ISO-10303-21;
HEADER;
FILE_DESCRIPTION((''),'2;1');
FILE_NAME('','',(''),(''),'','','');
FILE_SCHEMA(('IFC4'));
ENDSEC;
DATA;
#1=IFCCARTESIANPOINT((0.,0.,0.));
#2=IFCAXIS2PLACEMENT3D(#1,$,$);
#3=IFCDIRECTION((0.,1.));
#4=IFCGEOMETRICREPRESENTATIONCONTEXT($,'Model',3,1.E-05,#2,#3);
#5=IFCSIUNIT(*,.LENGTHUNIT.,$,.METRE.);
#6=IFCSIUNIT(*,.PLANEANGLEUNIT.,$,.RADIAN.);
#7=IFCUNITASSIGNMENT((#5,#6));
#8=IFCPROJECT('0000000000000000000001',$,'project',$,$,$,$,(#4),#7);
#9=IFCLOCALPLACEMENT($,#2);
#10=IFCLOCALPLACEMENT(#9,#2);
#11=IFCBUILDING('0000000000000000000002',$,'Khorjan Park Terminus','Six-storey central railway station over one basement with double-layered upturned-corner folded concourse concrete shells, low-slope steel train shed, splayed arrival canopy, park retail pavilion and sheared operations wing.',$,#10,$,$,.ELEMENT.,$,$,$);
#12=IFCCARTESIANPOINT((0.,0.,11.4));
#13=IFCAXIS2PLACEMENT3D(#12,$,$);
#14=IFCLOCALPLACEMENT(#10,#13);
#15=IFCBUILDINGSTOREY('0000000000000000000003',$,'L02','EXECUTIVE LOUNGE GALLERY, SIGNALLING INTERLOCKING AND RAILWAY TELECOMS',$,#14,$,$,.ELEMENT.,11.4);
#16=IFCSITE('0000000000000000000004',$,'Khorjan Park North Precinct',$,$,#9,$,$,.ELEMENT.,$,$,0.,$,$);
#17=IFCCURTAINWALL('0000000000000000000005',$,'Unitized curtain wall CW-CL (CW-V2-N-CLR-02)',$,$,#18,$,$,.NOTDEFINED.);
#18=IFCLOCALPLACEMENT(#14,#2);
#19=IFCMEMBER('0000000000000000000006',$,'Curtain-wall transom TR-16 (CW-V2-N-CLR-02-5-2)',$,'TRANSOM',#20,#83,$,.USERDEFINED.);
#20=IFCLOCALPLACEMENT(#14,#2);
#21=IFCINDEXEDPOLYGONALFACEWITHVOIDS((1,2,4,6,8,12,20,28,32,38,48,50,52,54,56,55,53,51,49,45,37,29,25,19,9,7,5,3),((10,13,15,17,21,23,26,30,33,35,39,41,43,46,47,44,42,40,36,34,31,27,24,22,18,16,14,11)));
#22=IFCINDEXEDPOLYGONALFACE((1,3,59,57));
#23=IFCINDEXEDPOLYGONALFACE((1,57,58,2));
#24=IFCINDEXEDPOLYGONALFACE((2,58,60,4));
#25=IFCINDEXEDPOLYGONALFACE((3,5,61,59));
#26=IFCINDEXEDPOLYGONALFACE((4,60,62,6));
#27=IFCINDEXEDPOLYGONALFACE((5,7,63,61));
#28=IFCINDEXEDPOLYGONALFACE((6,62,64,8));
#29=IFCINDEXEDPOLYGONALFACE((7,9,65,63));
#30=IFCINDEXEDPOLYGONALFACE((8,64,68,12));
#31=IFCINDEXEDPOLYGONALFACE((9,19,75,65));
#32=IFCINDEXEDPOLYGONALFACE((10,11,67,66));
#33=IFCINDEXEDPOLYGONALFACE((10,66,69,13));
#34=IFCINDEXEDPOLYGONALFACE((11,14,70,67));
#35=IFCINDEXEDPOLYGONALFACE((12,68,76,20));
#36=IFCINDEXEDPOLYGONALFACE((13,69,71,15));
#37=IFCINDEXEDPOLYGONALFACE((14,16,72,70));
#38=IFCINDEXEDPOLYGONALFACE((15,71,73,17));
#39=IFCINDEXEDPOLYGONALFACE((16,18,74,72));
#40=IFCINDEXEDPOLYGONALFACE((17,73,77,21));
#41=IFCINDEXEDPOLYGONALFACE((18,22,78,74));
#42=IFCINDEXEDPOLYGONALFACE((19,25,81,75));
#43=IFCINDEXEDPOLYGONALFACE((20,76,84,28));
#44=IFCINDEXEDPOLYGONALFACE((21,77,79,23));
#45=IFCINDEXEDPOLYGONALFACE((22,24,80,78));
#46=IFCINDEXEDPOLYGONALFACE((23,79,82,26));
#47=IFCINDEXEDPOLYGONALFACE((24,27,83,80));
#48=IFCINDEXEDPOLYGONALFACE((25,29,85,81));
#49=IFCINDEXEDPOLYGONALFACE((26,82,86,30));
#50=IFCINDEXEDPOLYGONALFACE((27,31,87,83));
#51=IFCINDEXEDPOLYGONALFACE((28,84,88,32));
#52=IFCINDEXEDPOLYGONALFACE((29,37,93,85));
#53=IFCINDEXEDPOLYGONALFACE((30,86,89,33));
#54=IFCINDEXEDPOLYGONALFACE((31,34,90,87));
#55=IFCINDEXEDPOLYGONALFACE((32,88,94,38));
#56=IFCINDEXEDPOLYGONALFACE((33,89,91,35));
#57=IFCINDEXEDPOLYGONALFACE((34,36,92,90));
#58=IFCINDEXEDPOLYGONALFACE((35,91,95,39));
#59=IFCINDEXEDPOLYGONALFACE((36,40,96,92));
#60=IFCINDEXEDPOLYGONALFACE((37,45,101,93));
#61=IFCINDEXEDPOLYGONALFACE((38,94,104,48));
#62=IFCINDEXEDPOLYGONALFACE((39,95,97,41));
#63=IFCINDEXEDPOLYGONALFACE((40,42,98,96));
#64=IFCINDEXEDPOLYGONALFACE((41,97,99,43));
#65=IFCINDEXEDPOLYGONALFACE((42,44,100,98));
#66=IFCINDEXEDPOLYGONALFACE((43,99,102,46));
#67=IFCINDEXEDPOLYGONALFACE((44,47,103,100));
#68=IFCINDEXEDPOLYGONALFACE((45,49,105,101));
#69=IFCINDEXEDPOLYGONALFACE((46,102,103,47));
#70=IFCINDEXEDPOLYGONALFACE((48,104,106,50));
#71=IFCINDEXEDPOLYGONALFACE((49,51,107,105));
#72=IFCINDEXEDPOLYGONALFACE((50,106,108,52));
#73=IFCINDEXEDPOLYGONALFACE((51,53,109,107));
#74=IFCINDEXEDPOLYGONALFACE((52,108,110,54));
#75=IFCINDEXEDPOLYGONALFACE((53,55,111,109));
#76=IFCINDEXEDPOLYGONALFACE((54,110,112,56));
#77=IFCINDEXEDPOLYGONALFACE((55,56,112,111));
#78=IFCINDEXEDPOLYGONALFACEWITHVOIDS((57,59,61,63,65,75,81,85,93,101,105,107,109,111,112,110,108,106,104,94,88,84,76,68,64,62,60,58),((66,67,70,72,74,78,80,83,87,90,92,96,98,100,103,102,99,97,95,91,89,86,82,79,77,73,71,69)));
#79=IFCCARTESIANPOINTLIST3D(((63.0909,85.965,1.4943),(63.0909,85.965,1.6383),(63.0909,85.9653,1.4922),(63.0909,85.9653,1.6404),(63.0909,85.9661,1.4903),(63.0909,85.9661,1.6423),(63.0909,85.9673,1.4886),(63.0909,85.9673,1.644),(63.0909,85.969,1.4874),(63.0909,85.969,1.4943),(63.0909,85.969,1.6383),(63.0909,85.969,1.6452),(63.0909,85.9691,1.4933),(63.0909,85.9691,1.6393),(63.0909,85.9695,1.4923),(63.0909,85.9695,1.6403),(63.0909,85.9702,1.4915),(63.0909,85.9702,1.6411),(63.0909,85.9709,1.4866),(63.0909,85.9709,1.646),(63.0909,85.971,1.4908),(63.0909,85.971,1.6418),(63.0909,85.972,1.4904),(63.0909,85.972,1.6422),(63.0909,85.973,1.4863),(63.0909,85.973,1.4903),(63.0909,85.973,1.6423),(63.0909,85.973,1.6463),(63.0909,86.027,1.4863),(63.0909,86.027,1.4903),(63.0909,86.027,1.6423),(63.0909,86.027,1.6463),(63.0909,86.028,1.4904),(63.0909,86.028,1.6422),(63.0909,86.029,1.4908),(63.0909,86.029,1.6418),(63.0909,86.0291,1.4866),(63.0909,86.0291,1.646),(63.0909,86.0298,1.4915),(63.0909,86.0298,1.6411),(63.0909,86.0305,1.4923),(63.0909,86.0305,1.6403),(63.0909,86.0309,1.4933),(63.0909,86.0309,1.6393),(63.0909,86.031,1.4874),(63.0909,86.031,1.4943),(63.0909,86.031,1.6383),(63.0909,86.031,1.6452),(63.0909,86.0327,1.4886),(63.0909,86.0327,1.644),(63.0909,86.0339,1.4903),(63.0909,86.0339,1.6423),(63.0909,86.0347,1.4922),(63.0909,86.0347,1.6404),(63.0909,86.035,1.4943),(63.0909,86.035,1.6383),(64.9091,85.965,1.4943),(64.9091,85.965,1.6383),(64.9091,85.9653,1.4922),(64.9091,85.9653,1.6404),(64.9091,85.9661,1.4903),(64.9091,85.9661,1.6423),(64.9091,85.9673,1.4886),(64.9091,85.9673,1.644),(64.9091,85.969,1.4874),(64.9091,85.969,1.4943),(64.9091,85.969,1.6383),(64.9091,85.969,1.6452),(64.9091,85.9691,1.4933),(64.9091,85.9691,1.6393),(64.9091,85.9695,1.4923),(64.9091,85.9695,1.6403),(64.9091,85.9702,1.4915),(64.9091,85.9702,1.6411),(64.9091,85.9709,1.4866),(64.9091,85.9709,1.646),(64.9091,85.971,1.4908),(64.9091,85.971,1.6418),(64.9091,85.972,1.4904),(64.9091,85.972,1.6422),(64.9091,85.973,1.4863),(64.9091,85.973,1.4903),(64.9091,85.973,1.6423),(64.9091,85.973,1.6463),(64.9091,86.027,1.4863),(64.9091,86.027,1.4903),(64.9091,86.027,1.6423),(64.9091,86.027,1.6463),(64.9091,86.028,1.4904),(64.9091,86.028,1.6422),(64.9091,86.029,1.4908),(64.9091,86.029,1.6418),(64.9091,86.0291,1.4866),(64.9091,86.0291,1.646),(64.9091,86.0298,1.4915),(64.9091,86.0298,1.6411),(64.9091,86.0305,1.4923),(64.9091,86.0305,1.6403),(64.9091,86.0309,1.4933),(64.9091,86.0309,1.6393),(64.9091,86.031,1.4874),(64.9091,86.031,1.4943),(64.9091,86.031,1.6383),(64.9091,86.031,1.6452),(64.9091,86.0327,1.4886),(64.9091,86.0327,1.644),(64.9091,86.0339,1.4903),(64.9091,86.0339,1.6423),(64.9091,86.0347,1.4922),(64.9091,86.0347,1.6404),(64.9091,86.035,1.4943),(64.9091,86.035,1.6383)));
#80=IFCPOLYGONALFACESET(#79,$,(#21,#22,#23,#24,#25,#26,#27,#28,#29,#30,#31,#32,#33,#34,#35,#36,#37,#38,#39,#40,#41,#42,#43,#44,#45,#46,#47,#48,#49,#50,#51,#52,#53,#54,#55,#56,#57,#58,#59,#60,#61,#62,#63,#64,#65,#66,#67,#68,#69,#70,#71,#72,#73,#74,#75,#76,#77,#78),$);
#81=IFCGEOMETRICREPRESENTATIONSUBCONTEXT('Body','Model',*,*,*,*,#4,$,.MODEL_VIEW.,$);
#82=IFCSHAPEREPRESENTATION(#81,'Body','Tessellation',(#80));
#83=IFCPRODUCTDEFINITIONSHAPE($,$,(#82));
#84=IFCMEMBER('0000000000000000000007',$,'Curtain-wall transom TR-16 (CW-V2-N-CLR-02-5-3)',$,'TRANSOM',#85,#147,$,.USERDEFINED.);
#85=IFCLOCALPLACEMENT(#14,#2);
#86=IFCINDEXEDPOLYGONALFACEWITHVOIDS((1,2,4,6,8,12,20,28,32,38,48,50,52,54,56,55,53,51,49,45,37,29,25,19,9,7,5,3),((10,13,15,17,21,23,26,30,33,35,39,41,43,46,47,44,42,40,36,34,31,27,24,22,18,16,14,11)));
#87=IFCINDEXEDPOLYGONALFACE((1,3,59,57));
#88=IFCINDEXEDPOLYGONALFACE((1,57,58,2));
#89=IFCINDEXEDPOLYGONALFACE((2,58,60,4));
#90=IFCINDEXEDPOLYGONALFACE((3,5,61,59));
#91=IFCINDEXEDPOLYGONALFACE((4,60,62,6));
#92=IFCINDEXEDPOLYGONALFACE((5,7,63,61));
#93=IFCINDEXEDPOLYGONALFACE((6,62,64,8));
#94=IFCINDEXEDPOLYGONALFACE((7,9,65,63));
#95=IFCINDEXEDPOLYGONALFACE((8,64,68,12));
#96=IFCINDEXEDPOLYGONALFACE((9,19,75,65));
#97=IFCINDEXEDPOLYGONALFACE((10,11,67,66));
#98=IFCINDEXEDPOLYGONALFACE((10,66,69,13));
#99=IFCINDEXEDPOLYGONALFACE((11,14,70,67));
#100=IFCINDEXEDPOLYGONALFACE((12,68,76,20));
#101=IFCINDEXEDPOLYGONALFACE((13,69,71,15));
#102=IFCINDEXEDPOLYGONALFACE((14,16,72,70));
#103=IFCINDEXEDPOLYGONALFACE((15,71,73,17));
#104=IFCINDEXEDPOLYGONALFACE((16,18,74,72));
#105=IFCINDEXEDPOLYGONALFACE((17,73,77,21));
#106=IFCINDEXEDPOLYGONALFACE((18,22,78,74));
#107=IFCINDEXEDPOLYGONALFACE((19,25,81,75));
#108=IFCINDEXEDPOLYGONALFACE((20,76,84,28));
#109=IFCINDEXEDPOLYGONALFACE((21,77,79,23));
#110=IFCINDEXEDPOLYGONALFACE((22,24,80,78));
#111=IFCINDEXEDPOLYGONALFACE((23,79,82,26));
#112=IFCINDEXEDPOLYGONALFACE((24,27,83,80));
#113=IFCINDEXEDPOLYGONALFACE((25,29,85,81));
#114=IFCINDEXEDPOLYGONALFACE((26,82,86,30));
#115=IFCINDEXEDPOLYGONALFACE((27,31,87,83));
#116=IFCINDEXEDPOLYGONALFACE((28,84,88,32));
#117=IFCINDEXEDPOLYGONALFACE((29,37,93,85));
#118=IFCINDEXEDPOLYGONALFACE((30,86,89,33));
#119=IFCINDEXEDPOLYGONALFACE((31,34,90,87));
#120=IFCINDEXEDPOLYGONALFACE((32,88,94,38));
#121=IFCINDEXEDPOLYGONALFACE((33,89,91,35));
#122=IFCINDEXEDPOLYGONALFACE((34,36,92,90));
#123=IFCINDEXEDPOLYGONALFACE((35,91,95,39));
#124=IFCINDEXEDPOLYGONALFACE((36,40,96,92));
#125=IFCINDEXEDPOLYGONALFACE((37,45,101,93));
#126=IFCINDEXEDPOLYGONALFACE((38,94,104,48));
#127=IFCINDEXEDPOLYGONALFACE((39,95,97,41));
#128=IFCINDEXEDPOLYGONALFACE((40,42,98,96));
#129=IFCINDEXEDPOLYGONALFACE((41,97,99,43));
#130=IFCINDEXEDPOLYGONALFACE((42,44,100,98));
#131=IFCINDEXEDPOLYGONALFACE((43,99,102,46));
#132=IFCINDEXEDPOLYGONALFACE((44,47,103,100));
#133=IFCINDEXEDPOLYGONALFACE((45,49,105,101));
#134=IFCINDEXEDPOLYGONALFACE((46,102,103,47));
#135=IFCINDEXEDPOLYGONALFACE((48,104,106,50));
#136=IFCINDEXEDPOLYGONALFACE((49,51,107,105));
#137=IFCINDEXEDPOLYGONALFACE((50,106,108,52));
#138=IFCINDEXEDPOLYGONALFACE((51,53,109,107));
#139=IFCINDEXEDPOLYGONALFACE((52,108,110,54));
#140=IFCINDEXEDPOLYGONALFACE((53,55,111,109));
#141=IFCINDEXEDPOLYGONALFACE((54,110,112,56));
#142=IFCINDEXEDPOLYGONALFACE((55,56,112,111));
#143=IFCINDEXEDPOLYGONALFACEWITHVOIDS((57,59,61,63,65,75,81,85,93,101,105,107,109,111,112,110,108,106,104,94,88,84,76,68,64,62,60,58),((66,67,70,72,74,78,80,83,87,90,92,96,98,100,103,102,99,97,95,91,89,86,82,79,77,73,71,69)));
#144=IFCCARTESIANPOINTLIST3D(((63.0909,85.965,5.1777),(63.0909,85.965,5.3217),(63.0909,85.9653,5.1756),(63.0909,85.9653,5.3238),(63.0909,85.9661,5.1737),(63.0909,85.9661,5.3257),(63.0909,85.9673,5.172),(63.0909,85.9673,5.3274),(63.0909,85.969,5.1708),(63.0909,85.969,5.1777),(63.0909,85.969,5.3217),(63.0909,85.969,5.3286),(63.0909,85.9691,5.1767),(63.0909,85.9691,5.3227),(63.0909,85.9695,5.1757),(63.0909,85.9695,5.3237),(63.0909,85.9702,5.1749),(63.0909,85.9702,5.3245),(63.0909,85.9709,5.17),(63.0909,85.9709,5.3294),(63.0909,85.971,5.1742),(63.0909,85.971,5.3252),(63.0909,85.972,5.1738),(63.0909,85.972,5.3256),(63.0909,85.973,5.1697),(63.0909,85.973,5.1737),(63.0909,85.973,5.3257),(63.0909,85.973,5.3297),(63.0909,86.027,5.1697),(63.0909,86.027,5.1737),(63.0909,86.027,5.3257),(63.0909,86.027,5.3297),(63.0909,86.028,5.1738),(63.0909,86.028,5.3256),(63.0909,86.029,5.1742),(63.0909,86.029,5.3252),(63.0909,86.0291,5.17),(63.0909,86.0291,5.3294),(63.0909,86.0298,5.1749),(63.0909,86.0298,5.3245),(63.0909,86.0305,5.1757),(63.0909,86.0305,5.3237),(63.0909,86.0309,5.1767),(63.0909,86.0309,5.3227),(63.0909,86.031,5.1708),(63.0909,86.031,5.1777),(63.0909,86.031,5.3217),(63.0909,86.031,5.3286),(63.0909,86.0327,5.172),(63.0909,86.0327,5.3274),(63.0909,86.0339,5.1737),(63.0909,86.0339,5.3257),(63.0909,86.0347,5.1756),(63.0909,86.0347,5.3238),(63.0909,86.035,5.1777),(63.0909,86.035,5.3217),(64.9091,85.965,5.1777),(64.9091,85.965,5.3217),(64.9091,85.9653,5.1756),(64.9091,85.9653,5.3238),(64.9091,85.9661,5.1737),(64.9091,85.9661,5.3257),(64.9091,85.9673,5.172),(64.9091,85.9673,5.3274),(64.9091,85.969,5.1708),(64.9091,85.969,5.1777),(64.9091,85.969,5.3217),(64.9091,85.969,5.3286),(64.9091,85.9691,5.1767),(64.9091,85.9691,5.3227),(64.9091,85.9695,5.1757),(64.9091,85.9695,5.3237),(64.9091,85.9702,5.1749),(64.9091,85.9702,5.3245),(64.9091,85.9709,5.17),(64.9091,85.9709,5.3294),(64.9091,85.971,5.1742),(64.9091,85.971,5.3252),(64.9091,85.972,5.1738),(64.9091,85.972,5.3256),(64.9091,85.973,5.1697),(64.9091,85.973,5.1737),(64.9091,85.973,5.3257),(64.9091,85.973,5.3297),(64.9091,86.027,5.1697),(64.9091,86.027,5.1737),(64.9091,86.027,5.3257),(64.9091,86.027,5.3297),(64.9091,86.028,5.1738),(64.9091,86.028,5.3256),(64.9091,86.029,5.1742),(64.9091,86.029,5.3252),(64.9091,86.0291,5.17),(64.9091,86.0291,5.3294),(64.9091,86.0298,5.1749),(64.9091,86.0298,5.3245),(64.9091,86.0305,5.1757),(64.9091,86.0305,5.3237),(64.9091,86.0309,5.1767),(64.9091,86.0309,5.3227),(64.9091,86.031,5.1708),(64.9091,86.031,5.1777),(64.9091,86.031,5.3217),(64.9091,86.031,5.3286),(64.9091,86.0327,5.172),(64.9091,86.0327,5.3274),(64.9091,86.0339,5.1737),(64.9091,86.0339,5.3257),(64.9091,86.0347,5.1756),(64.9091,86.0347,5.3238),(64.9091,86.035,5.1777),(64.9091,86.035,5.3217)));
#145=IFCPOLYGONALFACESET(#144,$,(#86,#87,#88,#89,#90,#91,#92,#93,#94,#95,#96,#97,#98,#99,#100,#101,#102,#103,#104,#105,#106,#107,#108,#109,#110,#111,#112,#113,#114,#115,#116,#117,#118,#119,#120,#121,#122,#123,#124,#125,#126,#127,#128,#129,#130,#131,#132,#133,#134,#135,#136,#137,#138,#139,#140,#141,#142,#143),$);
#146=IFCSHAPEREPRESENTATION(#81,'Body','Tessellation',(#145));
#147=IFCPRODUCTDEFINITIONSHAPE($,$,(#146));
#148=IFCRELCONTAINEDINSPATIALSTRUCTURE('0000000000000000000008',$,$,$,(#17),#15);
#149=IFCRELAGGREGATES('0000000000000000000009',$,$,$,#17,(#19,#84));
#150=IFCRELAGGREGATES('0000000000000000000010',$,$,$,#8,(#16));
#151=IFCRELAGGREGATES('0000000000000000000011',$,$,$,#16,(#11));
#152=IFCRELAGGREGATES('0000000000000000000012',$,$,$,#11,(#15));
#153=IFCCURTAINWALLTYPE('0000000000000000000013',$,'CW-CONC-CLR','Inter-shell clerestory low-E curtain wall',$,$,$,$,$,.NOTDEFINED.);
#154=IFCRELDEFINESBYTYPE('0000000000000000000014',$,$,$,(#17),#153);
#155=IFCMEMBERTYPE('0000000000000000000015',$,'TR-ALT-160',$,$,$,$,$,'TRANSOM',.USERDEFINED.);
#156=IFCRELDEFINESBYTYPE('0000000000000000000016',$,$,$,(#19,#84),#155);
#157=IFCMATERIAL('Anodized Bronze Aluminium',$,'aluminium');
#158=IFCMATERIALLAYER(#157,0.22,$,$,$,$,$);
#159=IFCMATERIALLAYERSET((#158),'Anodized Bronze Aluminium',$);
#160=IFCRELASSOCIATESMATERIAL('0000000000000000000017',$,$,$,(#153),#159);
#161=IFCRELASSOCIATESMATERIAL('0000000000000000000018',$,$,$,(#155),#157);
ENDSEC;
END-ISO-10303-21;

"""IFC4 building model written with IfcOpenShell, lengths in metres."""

from ifc_helpers import new_model, si_unit, direction, frame, origin, origin_2d, place, context, subcontext, project, spatial, hollow_rectangle, extrude, material, layer, layer_set, material_profile, profile_set, type_object, element, aggregate, save


model = new_model("IFC4")

# Units and contexts
model_context = context("Model", 3, precision=1e-05, world=origin(), true_north=direction((0.0, 1.0)))
body_context = subcontext(model_context, "Body", "Model", "MODEL_VIEW")
ifc_project = project(units=[si_unit("LENGTHUNIT", "METRE"), si_unit("PLANEANGLEUNIT", "RADIAN")], contexts=[model_context])

# Site, building, storey
site_placement = place(None, origin())
site = spatial("IfcSite", under=ifc_project, at=site_placement, Name="Khorjan Park North Precinct", CompositionType="ELEMENT", RefElevation=0.0)
building_placement = place(site_placement, origin())
building = spatial("IfcBuilding", under=site, at=building_placement, Name="Khorjan Park Terminus", Description="Six-storey central railway station over one basement with double-layered upturned-corner folded concourse concrete shells, low-slope steel train shed, splayed arrival canopy, park retail pavilion and sheared operations wing.", CompositionType="ELEMENT")
storey_placement = place(building_placement, frame((0.0, 0.0, 11.4)))
storey = spatial("IfcBuildingStorey", under=building, at=storey_placement, Name="L02", Description="EXECUTIVE LOUNGE GALLERY, SIGNALLING INTERLOCKING AND RAILWAY TELECOMS", CompositionType="ELEMENT", Elevation=11.4)

# Curtain wall, members
ifc_material_1 = material(Name="Anodized Bronze Aluminium", Category="aluminium")
ifc_layer_1 = layer(ifc_material_1, 0.22)
ifc_layer_set_1 = layer_set([ifc_layer_1], Name="Anodized Bronze Aluminium")
curtain_wall_type = type_object("IfcCurtainWallType", Name="CW-CONC-CLR", Description="Inter-shell clerestory low-E curtain wall", PredefinedType="NOTDEFINED", material=ifc_layer_set_1)
curtain_wall_placement = place(storey_placement, origin())
curtain_wall = element("IfcCurtainWall", 1, at=curtain_wall_placement, inside=storey, type_object=curtain_wall_type, Name="Unitized curtain wall CW-CL (CW-V2-N-CLR-02)", PredefinedType="NOTDEFINED")
ifc_material_profile_1 = material_profile(ifc_material_1, hollow_rectangle(XDim=0.07, YDim=0.16, WallThickness=0.004, InnerFilletRadius=0.004, OuterFilletRadius=0.008, at=origin_2d()), Name="ALT 70x160x4")
ifc_profile_set_1 = profile_set([ifc_material_profile_1], Name="Anodized Bronze Aluminium")
member_type_1 = type_object("IfcMemberType", Name="TR-ALT-160", ElementType="TRANSOM", PredefinedType="USERDEFINED", material=ifc_profile_set_1)
member_1_placement = place(storey_placement, frame((64.9091, 86.0, 1.5663), z_axis=(-1.0, 0.0, 0.0), x_axis=(0.0, -1.0, 0.0)))
member_1 = element("IfcMember", 2, at=member_1_placement, type_object=member_type_1, Name="Curtain-wall transom TR-16 (CW-V2-N-CLR-02-5-2)", ObjectType="TRANSOM", PredefinedType="USERDEFINED", context=body_context, shape_type="SweptSolid", body=[
    extrude(hollow_rectangle(XDim=0.07, YDim=0.16, WallThickness=0.004, InnerFilletRadius=0.004, OuterFilletRadius=0.008, at=origin_2d()), origin(), (0.0, 0.0, 1.0), 1.8182),
])
member_2_placement = place(storey_placement, frame((64.9091, 86.0, 5.2497), z_axis=(-1.0, 0.0, 0.0), x_axis=(0.0, -1.0, 0.0)))
member_2 = element("IfcMember", 3, at=member_2_placement, type_object=member_type_1, Name="Curtain-wall transom TR-16 (CW-V2-N-CLR-02-5-3)", ObjectType="TRANSOM", PredefinedType="USERDEFINED", context=body_context, shape_type="SweptSolid", body=[
    extrude(hollow_rectangle(XDim=0.07, YDim=0.16, WallThickness=0.004, InnerFilletRadius=0.004, OuterFilletRadius=0.008, at=origin_2d()), origin(), (0.0, 0.0, 1.0), 1.8182),
])

aggregate(curtain_wall, [member_1, member_2])

save(model, "model.ifc")
